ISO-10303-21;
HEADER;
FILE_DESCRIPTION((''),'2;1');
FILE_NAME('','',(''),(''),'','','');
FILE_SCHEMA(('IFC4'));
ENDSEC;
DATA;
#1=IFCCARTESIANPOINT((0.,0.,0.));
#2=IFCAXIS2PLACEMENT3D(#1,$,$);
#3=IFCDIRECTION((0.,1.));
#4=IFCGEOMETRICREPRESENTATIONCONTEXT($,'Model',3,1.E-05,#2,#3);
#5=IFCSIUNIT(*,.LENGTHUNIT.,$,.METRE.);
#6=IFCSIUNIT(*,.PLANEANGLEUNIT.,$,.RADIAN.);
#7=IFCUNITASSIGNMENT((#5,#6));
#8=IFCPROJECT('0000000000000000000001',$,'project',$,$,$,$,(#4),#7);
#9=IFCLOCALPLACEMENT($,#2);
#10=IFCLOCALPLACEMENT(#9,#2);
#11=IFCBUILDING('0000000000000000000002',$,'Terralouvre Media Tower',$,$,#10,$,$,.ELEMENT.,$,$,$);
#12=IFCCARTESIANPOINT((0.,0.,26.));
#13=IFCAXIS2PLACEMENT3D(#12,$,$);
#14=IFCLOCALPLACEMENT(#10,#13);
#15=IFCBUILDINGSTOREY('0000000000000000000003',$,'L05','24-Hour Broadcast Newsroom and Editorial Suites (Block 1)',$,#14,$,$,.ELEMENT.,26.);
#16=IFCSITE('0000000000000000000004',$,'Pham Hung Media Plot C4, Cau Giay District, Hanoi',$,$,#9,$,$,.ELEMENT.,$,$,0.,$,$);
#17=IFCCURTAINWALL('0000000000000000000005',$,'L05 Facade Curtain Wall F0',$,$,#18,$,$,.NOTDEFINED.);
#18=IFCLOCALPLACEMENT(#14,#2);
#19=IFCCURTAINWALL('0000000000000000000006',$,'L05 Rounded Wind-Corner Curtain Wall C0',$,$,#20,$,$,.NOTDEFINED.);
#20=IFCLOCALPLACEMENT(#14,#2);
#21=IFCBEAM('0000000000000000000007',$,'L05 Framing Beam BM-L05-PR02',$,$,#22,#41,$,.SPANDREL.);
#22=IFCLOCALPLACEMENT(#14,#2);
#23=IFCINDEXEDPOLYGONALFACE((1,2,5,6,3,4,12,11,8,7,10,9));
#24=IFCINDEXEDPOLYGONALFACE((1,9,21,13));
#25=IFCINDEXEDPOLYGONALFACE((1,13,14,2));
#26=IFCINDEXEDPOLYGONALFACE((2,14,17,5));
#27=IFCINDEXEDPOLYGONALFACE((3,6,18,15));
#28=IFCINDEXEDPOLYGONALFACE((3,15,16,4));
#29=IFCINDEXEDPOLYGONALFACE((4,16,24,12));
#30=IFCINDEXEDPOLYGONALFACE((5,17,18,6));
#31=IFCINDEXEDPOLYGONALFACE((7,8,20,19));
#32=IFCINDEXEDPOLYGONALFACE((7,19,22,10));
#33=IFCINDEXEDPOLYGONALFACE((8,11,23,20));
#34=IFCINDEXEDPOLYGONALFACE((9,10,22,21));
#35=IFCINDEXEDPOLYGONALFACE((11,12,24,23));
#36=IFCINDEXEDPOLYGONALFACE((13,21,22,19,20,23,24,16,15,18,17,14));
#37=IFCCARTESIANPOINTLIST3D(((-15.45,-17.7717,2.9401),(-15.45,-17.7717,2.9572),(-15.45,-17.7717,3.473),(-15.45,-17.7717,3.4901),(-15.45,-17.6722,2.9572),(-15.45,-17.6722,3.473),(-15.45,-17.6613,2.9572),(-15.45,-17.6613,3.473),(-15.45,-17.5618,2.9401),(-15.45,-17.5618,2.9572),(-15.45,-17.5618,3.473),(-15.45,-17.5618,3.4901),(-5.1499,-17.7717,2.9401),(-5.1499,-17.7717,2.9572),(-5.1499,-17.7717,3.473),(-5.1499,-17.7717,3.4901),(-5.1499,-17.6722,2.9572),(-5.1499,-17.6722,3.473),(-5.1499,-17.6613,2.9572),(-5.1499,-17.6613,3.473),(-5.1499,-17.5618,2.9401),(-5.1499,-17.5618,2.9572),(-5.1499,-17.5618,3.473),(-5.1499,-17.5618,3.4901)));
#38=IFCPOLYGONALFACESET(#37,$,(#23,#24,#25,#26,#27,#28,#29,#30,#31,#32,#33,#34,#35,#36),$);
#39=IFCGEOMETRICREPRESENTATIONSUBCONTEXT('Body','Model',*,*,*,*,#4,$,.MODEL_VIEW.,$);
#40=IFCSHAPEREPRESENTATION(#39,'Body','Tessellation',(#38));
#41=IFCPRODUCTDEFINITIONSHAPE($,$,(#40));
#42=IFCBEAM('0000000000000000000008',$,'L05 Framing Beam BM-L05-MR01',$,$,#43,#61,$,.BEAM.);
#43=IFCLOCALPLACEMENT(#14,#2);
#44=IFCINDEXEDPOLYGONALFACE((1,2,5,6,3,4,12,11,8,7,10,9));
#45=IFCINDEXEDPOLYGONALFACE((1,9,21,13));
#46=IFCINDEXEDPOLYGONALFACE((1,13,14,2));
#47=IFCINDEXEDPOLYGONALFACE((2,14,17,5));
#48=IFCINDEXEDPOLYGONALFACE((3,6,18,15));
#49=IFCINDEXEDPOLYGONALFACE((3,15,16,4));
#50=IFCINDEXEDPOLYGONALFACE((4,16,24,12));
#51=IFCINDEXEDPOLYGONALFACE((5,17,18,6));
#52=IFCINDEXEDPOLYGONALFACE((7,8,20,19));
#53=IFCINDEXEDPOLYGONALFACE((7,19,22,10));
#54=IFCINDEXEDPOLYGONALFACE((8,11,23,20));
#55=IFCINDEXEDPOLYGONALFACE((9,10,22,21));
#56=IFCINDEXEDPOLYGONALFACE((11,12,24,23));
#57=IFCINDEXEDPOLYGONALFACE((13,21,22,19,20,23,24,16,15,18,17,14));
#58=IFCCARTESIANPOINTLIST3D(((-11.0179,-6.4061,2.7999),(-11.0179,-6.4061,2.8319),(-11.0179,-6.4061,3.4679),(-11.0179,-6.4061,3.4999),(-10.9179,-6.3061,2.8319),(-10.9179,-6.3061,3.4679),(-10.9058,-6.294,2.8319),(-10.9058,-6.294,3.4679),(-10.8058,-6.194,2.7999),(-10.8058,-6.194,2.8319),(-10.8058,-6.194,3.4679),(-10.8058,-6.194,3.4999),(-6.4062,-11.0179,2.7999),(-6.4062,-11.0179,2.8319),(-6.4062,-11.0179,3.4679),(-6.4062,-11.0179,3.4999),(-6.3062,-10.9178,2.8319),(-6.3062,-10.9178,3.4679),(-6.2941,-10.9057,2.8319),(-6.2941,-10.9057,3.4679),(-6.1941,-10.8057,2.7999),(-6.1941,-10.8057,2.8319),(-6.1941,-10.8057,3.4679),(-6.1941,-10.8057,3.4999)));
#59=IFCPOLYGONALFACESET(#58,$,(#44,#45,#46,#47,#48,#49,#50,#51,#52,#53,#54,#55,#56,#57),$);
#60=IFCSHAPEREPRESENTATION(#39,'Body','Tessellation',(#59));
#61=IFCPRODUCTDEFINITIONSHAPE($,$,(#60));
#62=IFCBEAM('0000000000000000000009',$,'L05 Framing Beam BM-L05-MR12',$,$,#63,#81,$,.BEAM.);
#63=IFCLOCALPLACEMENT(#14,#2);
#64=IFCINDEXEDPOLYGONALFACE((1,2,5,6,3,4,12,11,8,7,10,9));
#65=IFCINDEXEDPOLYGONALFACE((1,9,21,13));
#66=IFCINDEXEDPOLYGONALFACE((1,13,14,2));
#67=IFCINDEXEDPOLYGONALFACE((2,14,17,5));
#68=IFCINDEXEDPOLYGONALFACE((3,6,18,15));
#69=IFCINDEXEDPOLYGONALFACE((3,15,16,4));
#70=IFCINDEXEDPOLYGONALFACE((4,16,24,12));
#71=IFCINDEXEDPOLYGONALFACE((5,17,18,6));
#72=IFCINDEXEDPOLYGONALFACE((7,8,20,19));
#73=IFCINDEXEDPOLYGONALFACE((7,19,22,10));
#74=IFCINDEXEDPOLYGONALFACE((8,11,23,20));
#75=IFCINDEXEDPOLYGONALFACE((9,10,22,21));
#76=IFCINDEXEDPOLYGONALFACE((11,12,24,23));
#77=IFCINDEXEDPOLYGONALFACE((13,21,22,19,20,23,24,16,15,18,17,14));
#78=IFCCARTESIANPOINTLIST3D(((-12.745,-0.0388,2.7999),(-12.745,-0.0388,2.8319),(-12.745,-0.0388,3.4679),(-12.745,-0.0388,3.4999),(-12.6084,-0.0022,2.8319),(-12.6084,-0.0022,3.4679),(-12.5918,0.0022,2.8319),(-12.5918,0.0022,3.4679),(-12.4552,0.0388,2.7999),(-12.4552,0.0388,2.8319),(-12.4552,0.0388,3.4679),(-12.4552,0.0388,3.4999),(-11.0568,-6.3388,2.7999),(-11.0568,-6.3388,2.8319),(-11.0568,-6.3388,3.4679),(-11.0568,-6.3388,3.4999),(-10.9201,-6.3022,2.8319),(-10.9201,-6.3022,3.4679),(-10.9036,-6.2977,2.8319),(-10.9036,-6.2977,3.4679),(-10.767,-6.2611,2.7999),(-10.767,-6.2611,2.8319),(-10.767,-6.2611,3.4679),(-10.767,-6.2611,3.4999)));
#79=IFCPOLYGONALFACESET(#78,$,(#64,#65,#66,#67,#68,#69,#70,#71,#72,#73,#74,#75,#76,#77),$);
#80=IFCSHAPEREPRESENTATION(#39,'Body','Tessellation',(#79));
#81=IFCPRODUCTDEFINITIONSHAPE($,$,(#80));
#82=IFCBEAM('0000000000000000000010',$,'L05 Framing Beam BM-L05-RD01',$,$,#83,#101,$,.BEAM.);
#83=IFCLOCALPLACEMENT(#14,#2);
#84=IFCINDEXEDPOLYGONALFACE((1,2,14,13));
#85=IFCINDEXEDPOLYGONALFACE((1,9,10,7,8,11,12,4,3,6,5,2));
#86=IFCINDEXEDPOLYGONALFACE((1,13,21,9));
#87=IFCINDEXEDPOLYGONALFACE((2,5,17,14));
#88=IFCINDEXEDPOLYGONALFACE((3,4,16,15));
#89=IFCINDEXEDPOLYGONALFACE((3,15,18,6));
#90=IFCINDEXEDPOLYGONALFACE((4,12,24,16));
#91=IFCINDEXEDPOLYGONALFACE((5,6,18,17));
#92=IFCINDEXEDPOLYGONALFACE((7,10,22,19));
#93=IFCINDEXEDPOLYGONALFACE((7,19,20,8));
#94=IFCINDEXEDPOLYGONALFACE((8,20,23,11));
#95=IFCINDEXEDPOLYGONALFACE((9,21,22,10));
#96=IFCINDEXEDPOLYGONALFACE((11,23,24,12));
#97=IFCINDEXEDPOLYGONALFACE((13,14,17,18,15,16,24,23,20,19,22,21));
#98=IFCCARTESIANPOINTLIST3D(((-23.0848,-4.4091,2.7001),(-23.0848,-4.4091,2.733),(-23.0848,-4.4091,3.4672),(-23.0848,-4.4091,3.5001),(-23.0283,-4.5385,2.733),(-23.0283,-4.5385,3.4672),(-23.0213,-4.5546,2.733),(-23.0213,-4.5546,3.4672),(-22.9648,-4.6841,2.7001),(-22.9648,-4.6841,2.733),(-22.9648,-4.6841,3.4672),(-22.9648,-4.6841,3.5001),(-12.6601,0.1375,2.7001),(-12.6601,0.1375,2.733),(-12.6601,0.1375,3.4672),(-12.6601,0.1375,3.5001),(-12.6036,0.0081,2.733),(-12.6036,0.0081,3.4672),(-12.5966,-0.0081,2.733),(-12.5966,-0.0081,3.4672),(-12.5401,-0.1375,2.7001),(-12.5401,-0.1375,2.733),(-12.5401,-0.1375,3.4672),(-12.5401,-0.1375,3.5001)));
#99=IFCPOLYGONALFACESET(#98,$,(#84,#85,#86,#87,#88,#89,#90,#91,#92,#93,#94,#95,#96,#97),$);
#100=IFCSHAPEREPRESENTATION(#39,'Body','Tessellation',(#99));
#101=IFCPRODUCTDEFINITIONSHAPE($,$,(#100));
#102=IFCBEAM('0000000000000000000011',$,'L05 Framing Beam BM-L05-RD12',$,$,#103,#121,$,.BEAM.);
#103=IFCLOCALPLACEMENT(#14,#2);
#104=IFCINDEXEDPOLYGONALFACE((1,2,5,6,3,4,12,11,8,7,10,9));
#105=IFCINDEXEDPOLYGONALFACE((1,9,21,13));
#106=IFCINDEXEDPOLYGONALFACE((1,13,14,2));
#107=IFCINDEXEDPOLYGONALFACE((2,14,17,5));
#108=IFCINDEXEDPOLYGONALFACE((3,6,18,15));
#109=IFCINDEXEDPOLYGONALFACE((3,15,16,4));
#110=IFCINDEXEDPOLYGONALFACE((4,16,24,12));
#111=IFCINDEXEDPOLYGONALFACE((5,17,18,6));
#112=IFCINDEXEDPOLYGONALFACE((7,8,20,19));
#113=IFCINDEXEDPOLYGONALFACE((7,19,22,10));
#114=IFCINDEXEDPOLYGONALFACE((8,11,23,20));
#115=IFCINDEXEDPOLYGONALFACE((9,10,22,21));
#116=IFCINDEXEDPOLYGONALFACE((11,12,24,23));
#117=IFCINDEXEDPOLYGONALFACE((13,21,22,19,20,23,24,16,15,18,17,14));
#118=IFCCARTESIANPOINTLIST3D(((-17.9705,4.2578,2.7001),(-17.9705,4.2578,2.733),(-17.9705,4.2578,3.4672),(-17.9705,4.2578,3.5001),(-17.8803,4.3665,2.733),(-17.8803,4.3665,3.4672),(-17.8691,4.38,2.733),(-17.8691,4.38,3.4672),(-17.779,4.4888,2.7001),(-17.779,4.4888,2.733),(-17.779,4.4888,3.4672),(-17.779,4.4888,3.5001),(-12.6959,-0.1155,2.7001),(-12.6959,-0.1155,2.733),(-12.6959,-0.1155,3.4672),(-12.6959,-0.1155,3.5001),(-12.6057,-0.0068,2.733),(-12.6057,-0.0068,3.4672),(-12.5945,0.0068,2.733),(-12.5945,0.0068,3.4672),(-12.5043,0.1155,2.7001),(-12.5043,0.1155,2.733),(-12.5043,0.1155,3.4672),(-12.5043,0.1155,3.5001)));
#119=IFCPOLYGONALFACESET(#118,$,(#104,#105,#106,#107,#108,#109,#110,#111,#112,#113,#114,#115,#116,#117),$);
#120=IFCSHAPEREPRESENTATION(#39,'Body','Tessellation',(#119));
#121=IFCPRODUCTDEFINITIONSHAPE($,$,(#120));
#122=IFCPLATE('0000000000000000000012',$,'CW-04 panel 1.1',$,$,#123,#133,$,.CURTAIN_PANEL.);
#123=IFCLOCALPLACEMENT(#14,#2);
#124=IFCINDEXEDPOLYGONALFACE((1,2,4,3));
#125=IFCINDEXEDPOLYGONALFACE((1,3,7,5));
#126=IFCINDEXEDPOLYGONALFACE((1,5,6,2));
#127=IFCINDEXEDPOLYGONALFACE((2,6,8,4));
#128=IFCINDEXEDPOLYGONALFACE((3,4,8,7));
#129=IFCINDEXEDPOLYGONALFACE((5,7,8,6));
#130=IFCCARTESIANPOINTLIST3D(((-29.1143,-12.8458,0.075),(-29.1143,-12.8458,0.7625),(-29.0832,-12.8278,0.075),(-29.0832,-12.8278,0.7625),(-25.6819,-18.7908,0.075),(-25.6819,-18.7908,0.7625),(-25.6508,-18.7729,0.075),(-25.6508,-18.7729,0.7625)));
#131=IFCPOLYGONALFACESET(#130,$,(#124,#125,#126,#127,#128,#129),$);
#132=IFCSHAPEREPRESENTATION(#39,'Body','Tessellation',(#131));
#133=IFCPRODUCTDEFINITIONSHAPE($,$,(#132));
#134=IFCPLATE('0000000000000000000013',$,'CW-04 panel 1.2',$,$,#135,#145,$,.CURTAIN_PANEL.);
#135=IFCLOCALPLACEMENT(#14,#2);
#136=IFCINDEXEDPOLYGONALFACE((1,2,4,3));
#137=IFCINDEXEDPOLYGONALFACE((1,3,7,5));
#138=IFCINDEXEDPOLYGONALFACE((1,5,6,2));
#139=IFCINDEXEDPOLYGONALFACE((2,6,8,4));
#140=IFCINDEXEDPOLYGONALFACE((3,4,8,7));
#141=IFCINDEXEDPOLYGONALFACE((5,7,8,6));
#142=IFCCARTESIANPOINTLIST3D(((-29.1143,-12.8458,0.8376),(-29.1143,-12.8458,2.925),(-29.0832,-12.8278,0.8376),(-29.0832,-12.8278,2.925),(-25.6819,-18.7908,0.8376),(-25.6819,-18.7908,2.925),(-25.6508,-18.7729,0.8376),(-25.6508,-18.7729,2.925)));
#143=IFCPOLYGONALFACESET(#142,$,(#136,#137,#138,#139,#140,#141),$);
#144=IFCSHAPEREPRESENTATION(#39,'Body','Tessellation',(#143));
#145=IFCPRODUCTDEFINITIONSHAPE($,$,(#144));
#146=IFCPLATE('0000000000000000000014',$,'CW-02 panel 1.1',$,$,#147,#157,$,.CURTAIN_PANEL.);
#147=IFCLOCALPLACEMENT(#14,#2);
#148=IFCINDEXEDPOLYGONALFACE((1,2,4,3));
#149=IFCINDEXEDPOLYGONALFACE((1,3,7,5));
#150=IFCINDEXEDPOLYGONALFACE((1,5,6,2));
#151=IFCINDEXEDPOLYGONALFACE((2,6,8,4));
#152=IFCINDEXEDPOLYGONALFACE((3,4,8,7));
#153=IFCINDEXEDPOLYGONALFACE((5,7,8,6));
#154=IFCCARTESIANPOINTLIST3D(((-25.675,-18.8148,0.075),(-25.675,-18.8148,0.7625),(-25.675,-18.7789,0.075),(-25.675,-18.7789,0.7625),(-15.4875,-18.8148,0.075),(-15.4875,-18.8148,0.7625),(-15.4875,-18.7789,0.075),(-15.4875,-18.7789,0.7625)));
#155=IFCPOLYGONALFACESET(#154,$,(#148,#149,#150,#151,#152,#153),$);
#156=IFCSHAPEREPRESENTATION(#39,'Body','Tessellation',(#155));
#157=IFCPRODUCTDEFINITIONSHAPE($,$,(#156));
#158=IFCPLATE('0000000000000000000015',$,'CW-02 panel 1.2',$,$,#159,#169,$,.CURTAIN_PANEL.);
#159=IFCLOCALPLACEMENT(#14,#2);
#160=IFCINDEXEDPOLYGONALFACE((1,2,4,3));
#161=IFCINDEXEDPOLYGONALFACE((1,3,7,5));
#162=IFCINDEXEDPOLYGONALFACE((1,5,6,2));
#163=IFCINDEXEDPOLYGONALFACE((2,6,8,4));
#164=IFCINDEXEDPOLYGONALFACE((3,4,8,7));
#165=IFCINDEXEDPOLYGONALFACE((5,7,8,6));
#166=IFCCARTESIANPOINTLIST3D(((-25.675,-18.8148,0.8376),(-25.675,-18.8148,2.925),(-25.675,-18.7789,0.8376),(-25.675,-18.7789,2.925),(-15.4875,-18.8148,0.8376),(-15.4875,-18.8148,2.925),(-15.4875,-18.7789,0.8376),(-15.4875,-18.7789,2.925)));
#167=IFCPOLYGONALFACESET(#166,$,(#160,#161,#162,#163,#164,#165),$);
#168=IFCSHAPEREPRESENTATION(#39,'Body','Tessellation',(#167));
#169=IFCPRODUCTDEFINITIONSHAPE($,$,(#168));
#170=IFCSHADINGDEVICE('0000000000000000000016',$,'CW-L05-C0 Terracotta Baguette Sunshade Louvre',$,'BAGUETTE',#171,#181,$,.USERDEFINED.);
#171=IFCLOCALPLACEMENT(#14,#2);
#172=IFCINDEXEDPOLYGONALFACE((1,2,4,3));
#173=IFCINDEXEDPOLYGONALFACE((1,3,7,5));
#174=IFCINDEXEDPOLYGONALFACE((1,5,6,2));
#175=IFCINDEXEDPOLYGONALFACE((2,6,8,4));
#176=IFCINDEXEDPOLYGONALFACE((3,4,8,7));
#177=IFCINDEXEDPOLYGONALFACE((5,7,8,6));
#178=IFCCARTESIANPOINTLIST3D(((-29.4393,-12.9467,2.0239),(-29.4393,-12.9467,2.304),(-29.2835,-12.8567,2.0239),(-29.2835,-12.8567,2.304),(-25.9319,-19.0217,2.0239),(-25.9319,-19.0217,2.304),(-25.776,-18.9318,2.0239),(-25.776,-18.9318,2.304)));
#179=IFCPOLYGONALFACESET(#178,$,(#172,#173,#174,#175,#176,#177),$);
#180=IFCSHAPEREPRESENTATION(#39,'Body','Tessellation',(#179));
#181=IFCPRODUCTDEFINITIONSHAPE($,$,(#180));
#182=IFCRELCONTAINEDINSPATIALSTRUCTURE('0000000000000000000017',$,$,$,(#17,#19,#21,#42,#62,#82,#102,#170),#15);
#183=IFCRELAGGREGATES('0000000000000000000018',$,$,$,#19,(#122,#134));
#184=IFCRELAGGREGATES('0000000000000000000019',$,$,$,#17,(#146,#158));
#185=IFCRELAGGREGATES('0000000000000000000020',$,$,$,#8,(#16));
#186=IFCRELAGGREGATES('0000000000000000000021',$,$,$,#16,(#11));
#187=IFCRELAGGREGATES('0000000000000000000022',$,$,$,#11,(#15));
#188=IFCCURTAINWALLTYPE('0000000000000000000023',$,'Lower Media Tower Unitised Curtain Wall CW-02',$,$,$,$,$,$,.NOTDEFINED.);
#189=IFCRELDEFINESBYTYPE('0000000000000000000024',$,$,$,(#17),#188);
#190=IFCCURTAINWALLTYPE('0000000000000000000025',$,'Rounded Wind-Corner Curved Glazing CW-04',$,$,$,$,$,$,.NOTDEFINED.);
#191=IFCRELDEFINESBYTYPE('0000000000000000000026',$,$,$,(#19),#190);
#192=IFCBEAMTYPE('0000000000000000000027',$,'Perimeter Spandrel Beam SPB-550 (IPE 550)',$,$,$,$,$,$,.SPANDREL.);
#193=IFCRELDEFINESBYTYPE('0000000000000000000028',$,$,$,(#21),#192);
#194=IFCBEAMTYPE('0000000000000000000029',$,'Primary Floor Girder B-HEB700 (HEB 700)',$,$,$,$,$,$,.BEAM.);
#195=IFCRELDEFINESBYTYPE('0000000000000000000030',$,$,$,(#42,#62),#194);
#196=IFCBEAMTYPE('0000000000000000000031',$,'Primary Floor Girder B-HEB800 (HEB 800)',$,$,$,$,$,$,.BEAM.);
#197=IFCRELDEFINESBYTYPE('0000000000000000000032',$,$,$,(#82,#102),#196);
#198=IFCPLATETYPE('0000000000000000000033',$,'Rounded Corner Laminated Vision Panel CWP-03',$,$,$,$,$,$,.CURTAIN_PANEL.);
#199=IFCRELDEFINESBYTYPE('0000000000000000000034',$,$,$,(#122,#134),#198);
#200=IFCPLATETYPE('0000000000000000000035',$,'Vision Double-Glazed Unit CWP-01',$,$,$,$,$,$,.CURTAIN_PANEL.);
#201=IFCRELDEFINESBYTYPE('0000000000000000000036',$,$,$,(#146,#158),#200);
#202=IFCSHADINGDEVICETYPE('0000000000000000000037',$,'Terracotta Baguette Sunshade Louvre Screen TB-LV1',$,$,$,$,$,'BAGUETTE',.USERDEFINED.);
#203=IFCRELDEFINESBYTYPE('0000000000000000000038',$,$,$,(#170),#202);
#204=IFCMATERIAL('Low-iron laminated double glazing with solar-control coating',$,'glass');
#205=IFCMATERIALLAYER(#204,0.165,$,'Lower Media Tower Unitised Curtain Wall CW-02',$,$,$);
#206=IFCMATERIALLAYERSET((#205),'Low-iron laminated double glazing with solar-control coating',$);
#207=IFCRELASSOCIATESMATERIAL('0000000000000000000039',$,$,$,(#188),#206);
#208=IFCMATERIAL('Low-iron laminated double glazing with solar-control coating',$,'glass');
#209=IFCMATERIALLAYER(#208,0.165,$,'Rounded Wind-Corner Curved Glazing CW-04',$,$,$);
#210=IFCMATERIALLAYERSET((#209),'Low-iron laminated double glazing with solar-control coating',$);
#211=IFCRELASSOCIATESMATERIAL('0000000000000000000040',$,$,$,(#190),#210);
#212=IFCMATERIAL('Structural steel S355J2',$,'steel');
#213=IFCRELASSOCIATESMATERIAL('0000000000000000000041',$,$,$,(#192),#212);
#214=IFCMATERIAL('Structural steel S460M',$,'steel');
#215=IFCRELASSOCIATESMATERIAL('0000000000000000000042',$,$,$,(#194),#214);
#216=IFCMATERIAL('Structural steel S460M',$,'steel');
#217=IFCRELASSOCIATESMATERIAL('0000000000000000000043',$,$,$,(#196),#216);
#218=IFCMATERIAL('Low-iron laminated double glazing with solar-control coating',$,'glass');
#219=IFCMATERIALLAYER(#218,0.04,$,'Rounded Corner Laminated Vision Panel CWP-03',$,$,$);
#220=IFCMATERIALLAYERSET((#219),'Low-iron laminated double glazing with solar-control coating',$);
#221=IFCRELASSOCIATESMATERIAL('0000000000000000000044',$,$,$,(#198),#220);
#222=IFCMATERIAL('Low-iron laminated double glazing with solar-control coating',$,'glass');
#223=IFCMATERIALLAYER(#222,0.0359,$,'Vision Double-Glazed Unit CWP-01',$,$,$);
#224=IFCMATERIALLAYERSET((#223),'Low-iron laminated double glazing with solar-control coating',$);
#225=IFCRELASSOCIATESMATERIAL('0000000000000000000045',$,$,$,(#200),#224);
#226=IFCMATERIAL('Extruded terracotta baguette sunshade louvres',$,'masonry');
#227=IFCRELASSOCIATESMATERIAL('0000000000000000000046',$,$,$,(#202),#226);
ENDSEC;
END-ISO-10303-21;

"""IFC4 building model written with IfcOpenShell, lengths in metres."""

from ifc_helpers import new_model, si_unit, direction, frame, origin, origin_2d, place, context, subcontext, project, spatial, rectangle, i_section, extrude, material, layer, layer_set, material_profile, profile_set, type_object, element, aggregate, save


model = new_model("IFC4")

# Units and contexts
model_context = context("Model", 3, precision=1e-05, world=origin(), true_north=direction((0.0, 1.0)))
body_context = subcontext(model_context, "Body", "Model", "MODEL_VIEW")
ifc_project = project(units=[si_unit("LENGTHUNIT", "METRE"), si_unit("PLANEANGLEUNIT", "RADIAN")], contexts=[model_context])

# Site, building, storey
site_placement = place(None, origin())
site = spatial("IfcSite", under=ifc_project, at=site_placement, Name="Pham Hung Media Plot C4, Cau Giay District, Hanoi", CompositionType="ELEMENT", RefElevation=0.0)
building_placement = place(site_placement, origin())
building = spatial("IfcBuilding", under=site, at=building_placement, Name="Terralouvre Media Tower", CompositionType="ELEMENT")
storey_placement = place(building_placement, frame((0.0, 0.0, 26.0)))
storey = spatial("IfcBuildingStorey", under=building, at=storey_placement, Name="L05", Description="24-Hour Broadcast Newsroom and Editorial Suites (Block 1)", CompositionType="ELEMENT", Elevation=26.0)

# Curtain walls
ifc_material_1 = material(Name="Low-iron laminated double glazing with solar-control coating", Category="glass")
ifc_layer_1 = layer(ifc_material_1, 0.165, Name="Lower Media Tower Unitised Curtain Wall CW-02")
ifc_layer_set_1 = layer_set([ifc_layer_1], Name="Low-iron laminated double glazing with solar-control coating")
curtain_wall_type_1 = type_object("IfcCurtainWallType", Name="Lower Media Tower Unitised Curtain Wall CW-02", PredefinedType="NOTDEFINED", material=ifc_layer_set_1)
curtain_wall_1_placement = place(storey_placement, origin())
curtain_wall_1 = element("IfcCurtainWall", 1, at=curtain_wall_1_placement, inside=storey, type_object=curtain_wall_type_1, Name="L05 Facade Curtain Wall F0", PredefinedType="NOTDEFINED")
ifc_material_2 = material(Name="Low-iron laminated double glazing with solar-control coating", Category="glass")
ifc_layer_2 = layer(ifc_material_2, 0.165, Name="Rounded Wind-Corner Curved Glazing CW-04")
ifc_layer_set_2 = layer_set([ifc_layer_2], Name="Low-iron laminated double glazing with solar-control coating")
curtain_wall_type_2 = type_object("IfcCurtainWallType", Name="Rounded Wind-Corner Curved Glazing CW-04", PredefinedType="NOTDEFINED", material=ifc_layer_set_2)
curtain_wall_2_placement = place(storey_placement, origin())
curtain_wall_2 = element("IfcCurtainWall", 2, at=curtain_wall_2_placement, inside=storey, type_object=curtain_wall_type_2, Name="L05 Rounded Wind-Corner Curtain Wall C0", PredefinedType="NOTDEFINED")

# Beams
ifc_material_3 = material(Name="Structural steel S355J2", Category="steel")
ifc_material_profile_1 = material_profile(ifc_material_3, i_section(OverallWidth=0.21, OverallDepth=0.55, WebThickness=0.011, FlangeThickness=0.0171, at=origin_2d()), Name="IPE 550")
ifc_profile_set_1 = profile_set([ifc_material_profile_1], Name="Structural steel S355J2")
beam_type_1 = type_object("IfcBeamType", Name="Perimeter Spandrel Beam SPB-550 (IPE 550)", PredefinedType="SPANDREL", material=ifc_profile_set_1)
beam_1_placement = place(storey_placement, frame((-15.45, -17.6667, 3.2151), z_axis=(1.0, 0.0, 0.0), x_axis=(0.0, 1.0, 0.0)))
element("IfcBeam", 3, at=beam_1_placement, inside=storey, type_object=beam_type_1, Name="L05 Framing Beam BM-L05-PR02", PredefinedType="SPANDREL", context=body_context, shape_type="SweptSolid", body=[
    extrude(i_section(OverallWidth=0.21, OverallDepth=0.55, WebThickness=0.011, FlangeThickness=0.0171, at=origin_2d()), origin(), (0.0, 0.0, 1.0), 10.3),
])
ifc_material_4 = material(Name="Structural steel S460M", Category="steel")
ifc_material_profile_2 = material_profile(ifc_material_4, i_section(OverallWidth=0.3, OverallDepth=0.7, WebThickness=0.0171, FlangeThickness=0.032, at=origin_2d()), Name="HEB 700")
ifc_profile_set_2 = profile_set([ifc_material_profile_2], Name="Structural steel S460M")
beam_type_2 = type_object("IfcBeamType", Name="Primary Floor Girder B-HEB700 (HEB 700)", PredefinedType="BEAM", material=ifc_profile_set_2)
beam_2_placement = place(storey_placement, frame((-10.9119, -6.3, 3.1499), z_axis=(0.707107, -0.707107, 0.0), x_axis=(0.707107, 0.707107, 0.0)))
element("IfcBeam", 4, at=beam_2_placement, inside=storey, type_object=beam_type_2, Name="L05 Framing Beam BM-L05-MR01", PredefinedType="BEAM", context=body_context, shape_type="SweptSolid", body=[
    extrude(i_section(OverallWidth=0.3, OverallDepth=0.7, WebThickness=0.0171, FlangeThickness=0.032, at=origin_2d()), origin(), (0.0, 0.0, 1.0), 6.522),
])
beam_3_placement = place(storey_placement, frame((-12.6001, 0.0, 3.1499), z_axis=(0.258839, -0.96592, 0.0), x_axis=(0.96592, 0.258839, 0.0)))
element("IfcBeam", 5, at=beam_3_placement, inside=storey, type_object=beam_type_2, Name="L05 Framing Beam BM-L05-MR12", PredefinedType="BEAM", context=body_context, shape_type="SweptSolid", body=[
    extrude(i_section(OverallWidth=0.3, OverallDepth=0.7, WebThickness=0.0171, FlangeThickness=0.032, at=origin_2d()), origin(), (0.0, 0.0, 1.0), 6.5222),
])
ifc_material_5 = material(Name="Structural steel S460M", Category="steel")
ifc_material_profile_3 = material_profile(ifc_material_5, i_section(OverallWidth=0.3, OverallDepth=0.8, WebThickness=0.0176, FlangeThickness=0.033, at=origin_2d()), Name="HEB 800")
ifc_profile_set_3 = profile_set([ifc_material_profile_3], Name="Structural steel S460M")
beam_type_3 = type_object("IfcBeamType", Name="Primary Floor Girder B-HEB800 (HEB 800)", PredefinedType="BEAM", material=ifc_profile_set_3)
beam_4_placement = place(storey_placement, frame((-12.6001, 0.0, 3.1001), z_axis=(-0.916616, -0.399769, 0.0), x_axis=(0.399769, -0.916616, 0.0)))
element("IfcBeam", 6, at=beam_4_placement, inside=storey, type_object=beam_type_3, Name="L05 Framing Beam BM-L05-RD01", PredefinedType="BEAM", context=body_context, shape_type="SweptSolid", body=[
    extrude(i_section(OverallWidth=0.3, OverallDepth=0.8, WebThickness=0.0176, FlangeThickness=0.033, at=origin_2d()), origin(), (0.0, 0.0, 1.0), 11.373),
])
beam_5_placement = place(storey_placement, frame((-12.6001, 0.0, 3.1001), z_axis=(-0.769816, 0.638265, 0.0), x_axis=(-0.638265, -0.769816, 0.0)))
element("IfcBeam", 7, at=beam_5_placement, inside=storey, type_object=beam_type_3, Name="L05 Framing Beam BM-L05-RD12", PredefinedType="BEAM", context=body_context, shape_type="SweptSolid", body=[
    extrude(i_section(OverallWidth=0.3, OverallDepth=0.8, WebThickness=0.0176, FlangeThickness=0.033, at=origin_2d()), origin(), (0.0, 0.0, 1.0), 6.8518),
])

# Plates
ifc_material_6 = material(Name="Low-iron laminated double glazing with solar-control coating", Category="glass")
ifc_layer_3 = layer(ifc_material_6, 0.04, Name="Rounded Corner Laminated Vision Panel CWP-03")
ifc_layer_set_3 = layer_set([ifc_layer_3], Name="Low-iron laminated double glazing with solar-control coating")
plate_type_1 = type_object("IfcPlateType", Name="Rounded Corner Laminated Vision Panel CWP-03", PredefinedType="CURTAIN_PANEL", material=ifc_layer_set_3)
plate_1_placement = place(storey_placement, frame((-27.3826, -15.8093, 0.075), z_axis=(0.0, 0.0, 1.0), x_axis=(0.5, -0.866026, 0.0)))
plate_1 = element("IfcPlate", 8, at=plate_1_placement, type_object=plate_type_1, Name="CW-04 panel 1.1", PredefinedType="CURTAIN_PANEL", context=body_context, shape_type="SweptSolid", body=[
    extrude(rectangle(XDim=6.8647, YDim=0.0359, at=origin_2d()), origin(), (0.0, 0.0, 1.0), 0.6875),
])
plate_2_placement = place(storey_placement, frame((-27.3826, -15.8093, 0.8376), z_axis=(0.0, 0.0, 1.0), x_axis=(0.5, -0.866026, 0.0)))
plate_2 = element("IfcPlate", 9, at=plate_2_placement, type_object=plate_type_1, Name="CW-04 panel 1.2", PredefinedType="CURTAIN_PANEL", context=body_context, shape_type="SweptSolid", body=[
    extrude(rectangle(XDim=6.8647, YDim=0.0359, at=origin_2d()), origin(), (0.0, 0.0, 1.0), 2.0874),
])
aggregate(curtain_wall_2, [plate_1, plate_2])
ifc_material_7 = material(Name="Low-iron laminated double glazing with solar-control coating", Category="glass")
ifc_layer_4 = layer(ifc_material_7, 0.0359, Name="Vision Double-Glazed Unit CWP-01")
ifc_layer_set_4 = layer_set([ifc_layer_4], Name="Low-iron laminated double glazing with solar-control coating")
plate_type_2 = type_object("IfcPlateType", Name="Vision Double-Glazed Unit CWP-01", PredefinedType="CURTAIN_PANEL", material=ifc_layer_set_4)
plate_3_placement = place(storey_placement, frame((-20.5813, -18.7969, 0.075), z_axis=(0.0, 0.0, 1.0), x_axis=(1.0, 0.0, 0.0)))
plate_3 = element("IfcPlate", 10, at=plate_3_placement, type_object=plate_type_2, Name="CW-02 panel 1.1", PredefinedType="CURTAIN_PANEL", context=body_context, shape_type="SweptSolid", body=[
    extrude(rectangle(XDim=10.1875, YDim=0.0359, at=origin_2d()), origin(), (0.0, 0.0, 1.0), 0.6875),
])
plate_4_placement = place(storey_placement, frame((-20.5813, -18.7969, 0.8376), z_axis=(0.0, 0.0, 1.0), x_axis=(1.0, 0.0, 0.0)))
plate_4 = element("IfcPlate", 11, at=plate_4_placement, type_object=plate_type_2, Name="CW-02 panel 1.2", PredefinedType="CURTAIN_PANEL", context=body_context, shape_type="SweptSolid", body=[
    extrude(rectangle(XDim=10.1875, YDim=0.0359, at=origin_2d()), origin(), (0.0, 0.0, 1.0), 2.0874),
])
aggregate(curtain_wall_1, [plate_3, plate_4])

# Shading device
ifc_material_8 = material(Name="Extruded terracotta baguette sunshade louvres", Category="masonry")
shading_device_type = type_object("IfcShadingDeviceType", Name="Terracotta Baguette Sunshade Louvre Screen TB-LV1", ElementType="BAGUETTE", PredefinedType="USERDEFINED", material=ifc_material_8)
shading_device_placement = place(storey_placement, frame((-27.6077, -15.9392, 2.0239), z_axis=(0.0, 0.0, 1.0), x_axis=(0.5, -0.866026, 0.0)))
element("IfcShadingDevice", 12, at=shading_device_placement, inside=storey, type_object=shading_device_type, Name="CW-L05-C0 Terracotta Baguette Sunshade Louvre", ObjectType="BAGUETTE", PredefinedType="USERDEFINED", context=body_context, shape_type="SweptSolid", body=[
    extrude(rectangle(XDim=7.0149, YDim=0.1799, at=origin_2d()), origin(), (0.0, 0.0, 1.0), 0.28),
])

save(model, "model.ifc")
